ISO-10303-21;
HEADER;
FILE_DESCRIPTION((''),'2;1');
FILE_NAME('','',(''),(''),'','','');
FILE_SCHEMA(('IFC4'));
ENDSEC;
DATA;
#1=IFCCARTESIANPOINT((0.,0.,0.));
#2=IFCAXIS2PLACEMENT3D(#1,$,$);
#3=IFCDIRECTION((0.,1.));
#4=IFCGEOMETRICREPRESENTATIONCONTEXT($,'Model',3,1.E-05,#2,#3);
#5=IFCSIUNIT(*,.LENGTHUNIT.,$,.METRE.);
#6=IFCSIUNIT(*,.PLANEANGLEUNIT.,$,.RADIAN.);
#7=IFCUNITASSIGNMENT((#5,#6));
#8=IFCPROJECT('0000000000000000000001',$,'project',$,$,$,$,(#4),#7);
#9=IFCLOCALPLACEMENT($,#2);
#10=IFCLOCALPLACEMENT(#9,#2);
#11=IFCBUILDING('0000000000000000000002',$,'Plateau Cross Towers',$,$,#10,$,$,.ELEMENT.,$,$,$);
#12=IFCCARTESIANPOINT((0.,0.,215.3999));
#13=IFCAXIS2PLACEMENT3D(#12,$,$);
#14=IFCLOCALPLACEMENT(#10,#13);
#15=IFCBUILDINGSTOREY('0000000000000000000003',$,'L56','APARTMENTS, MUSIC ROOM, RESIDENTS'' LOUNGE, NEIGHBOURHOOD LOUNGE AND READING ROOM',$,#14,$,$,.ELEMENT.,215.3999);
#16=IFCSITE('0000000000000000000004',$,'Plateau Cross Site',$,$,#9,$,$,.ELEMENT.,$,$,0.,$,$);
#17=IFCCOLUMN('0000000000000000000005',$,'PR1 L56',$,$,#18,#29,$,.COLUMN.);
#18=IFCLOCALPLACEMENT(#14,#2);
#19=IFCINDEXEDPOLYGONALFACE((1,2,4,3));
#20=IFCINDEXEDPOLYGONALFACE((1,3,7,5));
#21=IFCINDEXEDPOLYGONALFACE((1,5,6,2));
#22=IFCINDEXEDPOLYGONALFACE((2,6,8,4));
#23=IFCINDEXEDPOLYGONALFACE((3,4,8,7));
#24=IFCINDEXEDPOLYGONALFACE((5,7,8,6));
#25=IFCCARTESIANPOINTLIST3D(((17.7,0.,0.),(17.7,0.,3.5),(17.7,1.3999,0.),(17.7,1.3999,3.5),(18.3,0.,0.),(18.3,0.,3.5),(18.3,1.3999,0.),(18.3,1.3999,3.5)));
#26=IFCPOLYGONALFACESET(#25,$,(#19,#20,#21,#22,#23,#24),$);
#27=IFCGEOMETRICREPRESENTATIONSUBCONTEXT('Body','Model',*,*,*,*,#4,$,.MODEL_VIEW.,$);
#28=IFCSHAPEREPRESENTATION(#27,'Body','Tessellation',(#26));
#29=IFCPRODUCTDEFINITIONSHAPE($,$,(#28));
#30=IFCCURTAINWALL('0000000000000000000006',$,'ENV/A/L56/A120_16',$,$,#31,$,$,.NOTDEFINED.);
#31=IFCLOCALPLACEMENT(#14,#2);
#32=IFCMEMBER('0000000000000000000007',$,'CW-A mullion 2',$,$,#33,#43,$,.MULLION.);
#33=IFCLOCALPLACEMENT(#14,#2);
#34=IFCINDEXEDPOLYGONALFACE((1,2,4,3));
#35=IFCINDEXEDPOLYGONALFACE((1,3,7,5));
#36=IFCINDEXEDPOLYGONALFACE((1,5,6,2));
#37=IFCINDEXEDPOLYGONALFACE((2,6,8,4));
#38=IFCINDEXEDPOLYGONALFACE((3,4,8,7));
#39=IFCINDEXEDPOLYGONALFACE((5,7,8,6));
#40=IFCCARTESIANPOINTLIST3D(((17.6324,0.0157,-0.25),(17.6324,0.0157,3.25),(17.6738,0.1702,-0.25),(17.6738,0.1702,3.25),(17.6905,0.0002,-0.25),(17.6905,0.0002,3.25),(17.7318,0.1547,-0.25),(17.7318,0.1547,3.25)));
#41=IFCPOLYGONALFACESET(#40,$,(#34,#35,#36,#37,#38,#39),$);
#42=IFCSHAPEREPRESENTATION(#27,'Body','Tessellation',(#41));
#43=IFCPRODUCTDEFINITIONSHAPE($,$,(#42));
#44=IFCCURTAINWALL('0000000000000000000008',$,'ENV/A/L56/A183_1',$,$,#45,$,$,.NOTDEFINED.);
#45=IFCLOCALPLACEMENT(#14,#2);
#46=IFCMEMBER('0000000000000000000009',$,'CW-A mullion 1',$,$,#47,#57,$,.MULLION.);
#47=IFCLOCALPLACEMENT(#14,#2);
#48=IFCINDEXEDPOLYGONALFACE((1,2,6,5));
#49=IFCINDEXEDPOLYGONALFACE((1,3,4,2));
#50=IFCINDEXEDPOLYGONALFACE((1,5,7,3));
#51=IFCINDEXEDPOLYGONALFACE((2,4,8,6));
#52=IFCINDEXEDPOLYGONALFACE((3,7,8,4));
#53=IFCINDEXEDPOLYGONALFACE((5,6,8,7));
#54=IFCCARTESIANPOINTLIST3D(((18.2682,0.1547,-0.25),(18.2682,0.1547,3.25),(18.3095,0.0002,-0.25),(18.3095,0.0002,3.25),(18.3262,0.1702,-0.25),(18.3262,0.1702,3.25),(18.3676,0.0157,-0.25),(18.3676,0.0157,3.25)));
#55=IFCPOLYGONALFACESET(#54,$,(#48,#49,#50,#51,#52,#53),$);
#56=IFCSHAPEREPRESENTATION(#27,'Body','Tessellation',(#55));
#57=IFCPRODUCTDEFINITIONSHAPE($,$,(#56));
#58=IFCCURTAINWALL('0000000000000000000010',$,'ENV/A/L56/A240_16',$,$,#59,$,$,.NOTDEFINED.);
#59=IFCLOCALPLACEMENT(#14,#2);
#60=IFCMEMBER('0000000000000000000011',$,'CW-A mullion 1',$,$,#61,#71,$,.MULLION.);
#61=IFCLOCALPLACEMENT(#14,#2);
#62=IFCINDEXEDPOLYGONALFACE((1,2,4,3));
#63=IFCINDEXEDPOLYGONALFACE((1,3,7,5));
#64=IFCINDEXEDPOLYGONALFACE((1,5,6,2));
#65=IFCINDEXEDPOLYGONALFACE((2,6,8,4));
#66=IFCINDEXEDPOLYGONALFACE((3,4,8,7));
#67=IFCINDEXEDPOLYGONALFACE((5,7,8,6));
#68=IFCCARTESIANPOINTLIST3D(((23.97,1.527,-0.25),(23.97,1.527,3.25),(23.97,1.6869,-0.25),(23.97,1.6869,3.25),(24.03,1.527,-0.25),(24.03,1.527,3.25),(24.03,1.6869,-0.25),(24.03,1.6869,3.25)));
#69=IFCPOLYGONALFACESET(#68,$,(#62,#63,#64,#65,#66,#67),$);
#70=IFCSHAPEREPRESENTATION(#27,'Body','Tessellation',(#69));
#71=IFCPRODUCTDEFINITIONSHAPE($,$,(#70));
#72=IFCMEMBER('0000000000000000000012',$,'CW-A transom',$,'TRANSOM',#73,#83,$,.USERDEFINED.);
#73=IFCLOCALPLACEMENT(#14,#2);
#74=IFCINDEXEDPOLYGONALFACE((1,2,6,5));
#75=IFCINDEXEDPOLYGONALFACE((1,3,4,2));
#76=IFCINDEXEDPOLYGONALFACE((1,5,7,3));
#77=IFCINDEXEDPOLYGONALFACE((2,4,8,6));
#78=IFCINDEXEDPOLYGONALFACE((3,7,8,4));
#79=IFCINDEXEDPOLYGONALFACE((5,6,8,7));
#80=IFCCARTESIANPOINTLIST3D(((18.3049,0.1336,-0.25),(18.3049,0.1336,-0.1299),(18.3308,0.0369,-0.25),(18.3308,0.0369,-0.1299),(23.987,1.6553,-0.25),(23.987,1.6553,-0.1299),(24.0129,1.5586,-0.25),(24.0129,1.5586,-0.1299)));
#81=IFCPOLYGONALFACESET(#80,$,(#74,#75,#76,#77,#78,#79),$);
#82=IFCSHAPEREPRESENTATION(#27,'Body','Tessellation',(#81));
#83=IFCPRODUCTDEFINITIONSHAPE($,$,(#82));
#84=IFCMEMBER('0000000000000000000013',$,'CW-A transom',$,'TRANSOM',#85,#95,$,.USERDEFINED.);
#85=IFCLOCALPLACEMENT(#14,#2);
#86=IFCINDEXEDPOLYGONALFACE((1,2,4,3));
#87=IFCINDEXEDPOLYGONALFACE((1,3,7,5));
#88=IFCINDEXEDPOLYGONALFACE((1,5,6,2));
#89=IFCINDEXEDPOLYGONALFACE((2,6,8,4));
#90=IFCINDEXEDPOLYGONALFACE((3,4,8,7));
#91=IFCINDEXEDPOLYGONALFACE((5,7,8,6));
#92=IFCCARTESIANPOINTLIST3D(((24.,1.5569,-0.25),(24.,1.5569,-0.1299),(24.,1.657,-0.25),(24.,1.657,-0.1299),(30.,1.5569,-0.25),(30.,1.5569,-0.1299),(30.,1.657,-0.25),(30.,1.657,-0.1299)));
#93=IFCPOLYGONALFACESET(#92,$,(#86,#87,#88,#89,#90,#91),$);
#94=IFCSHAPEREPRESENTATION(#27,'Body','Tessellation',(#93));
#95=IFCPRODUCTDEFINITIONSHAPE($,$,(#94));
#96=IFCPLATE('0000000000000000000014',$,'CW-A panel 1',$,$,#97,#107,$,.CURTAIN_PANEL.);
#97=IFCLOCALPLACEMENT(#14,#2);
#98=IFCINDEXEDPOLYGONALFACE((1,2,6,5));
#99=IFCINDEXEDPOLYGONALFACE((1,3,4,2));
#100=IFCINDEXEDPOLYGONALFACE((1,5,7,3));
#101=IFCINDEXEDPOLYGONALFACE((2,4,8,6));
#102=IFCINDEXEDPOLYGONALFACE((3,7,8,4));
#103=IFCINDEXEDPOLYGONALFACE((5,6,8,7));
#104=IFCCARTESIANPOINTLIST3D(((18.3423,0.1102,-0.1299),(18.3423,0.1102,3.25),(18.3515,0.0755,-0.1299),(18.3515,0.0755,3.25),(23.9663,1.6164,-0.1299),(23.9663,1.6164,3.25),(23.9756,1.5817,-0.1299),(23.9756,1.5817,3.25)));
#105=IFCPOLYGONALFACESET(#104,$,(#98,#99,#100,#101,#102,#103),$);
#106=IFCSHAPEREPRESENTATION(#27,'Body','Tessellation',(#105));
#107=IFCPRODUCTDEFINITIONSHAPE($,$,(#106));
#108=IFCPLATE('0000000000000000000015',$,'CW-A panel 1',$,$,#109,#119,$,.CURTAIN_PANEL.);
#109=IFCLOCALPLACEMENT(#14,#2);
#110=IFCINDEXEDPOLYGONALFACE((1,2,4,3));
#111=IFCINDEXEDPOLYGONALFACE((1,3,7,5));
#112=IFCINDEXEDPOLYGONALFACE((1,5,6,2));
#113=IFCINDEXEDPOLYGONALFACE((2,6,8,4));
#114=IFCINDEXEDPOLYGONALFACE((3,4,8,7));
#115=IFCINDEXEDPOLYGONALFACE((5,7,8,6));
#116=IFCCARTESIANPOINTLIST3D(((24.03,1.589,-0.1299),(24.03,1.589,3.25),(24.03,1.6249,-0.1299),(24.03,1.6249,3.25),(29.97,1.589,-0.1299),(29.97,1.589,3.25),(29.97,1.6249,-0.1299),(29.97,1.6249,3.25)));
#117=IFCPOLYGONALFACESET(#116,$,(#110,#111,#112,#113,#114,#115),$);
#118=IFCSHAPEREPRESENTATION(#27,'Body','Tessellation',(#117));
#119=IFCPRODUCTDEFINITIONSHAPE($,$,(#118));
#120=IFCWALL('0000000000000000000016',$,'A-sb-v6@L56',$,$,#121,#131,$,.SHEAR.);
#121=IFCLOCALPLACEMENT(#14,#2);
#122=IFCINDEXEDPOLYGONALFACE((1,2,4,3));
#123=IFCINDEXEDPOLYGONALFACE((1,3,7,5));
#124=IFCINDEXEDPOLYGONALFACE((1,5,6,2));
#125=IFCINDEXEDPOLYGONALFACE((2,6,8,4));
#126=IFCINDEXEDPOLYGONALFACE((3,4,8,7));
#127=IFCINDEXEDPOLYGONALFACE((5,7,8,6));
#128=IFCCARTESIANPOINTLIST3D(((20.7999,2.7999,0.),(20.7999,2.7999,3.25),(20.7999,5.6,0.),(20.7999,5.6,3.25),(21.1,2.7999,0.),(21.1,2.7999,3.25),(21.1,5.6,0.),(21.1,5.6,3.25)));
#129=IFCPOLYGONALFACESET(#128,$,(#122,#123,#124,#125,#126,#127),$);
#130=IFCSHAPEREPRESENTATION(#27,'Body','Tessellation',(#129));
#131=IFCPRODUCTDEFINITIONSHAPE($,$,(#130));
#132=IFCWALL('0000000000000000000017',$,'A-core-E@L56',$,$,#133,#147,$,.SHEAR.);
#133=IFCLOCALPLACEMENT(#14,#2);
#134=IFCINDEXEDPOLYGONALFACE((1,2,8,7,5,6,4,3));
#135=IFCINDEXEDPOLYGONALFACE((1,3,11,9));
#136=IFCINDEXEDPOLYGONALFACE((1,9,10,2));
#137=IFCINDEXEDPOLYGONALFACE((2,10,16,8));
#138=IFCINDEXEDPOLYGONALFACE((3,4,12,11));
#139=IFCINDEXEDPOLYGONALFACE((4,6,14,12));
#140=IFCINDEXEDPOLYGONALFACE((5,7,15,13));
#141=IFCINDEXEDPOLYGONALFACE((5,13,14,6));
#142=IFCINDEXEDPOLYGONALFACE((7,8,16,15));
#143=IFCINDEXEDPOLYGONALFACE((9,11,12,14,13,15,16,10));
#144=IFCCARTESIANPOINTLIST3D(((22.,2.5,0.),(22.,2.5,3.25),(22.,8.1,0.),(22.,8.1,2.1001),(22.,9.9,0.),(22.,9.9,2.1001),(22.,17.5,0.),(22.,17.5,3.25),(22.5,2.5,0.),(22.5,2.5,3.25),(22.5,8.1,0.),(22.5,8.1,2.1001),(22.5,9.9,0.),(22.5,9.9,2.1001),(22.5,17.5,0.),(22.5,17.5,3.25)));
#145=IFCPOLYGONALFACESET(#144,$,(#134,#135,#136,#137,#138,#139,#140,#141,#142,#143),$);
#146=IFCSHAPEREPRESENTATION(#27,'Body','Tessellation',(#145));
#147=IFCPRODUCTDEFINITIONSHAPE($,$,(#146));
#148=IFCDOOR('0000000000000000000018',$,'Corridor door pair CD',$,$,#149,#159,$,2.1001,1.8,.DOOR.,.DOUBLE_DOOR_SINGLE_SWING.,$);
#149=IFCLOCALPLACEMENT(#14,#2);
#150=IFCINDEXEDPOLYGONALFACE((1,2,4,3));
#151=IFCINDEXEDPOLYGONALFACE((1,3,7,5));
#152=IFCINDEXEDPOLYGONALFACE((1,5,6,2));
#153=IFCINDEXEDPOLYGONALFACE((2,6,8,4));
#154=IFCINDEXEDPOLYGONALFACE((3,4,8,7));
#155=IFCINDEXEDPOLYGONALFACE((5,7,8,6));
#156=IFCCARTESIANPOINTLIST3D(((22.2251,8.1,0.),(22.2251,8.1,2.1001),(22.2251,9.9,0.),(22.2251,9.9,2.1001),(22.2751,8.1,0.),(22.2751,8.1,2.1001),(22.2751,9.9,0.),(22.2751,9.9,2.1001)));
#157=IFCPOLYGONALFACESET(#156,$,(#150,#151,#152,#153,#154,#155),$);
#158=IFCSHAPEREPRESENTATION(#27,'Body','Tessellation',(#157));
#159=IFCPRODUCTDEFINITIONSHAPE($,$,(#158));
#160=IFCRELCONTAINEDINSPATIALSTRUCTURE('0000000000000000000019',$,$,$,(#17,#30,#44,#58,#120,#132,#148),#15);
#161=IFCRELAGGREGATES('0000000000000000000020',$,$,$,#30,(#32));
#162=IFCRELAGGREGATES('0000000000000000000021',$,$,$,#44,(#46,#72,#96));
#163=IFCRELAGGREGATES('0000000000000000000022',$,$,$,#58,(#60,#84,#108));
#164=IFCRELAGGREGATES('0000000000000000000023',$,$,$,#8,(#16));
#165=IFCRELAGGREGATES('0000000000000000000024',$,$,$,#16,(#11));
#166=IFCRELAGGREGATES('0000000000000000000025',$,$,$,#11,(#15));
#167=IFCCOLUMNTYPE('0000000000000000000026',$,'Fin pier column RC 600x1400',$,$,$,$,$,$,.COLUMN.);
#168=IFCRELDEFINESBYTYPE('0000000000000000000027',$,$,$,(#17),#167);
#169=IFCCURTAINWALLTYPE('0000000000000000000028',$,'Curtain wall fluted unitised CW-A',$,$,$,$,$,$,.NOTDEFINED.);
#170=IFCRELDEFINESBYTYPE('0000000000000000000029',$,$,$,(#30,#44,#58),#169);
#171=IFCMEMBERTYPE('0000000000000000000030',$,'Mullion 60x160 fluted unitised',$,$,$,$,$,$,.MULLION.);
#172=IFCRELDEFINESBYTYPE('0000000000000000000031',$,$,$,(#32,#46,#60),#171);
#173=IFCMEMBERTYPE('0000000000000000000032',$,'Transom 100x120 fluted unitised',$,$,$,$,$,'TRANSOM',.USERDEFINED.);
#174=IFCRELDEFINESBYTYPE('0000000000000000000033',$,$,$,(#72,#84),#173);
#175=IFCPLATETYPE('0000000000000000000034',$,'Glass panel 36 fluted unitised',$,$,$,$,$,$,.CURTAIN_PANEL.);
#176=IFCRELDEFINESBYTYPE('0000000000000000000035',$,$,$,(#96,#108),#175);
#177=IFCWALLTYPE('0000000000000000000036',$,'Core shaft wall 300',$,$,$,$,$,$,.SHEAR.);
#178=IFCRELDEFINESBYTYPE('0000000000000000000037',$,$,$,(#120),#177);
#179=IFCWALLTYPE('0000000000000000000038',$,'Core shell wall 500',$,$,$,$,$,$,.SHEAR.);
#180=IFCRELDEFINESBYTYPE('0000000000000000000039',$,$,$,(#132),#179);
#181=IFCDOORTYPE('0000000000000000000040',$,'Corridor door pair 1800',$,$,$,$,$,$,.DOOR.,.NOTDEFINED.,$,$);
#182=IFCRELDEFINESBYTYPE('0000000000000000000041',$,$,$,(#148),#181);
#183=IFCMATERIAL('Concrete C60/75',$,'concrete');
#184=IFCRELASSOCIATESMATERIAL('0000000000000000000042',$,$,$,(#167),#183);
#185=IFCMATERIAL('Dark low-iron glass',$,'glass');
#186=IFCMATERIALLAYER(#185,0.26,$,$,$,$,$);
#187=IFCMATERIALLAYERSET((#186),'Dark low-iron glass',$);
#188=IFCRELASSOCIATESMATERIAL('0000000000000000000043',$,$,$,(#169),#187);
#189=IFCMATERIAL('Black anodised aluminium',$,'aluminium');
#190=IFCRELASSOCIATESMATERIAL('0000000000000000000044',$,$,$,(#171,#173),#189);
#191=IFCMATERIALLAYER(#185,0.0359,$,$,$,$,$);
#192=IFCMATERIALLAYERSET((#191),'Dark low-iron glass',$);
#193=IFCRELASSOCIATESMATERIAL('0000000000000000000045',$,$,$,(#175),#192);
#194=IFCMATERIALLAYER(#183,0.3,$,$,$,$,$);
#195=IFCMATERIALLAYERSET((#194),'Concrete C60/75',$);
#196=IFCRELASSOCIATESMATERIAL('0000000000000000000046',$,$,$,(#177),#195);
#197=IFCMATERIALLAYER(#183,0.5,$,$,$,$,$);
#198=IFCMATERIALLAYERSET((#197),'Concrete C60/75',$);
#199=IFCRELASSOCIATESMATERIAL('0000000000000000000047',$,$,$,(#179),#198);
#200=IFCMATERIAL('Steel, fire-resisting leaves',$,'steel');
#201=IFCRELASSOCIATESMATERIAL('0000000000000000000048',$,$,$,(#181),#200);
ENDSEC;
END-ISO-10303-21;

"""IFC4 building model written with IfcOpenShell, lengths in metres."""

from ifc_helpers import new_model, si_unit, direction, frame, frame_2d, origin, origin_2d, place, context, subcontext, project, spatial, rectangle, extrude, material, layer, layer_set, material_profile, profile_set, type_object, element, fill, aggregate, save


model = new_model("IFC4")

# Units and contexts
model_context = context("Model", 3, precision=1e-05, world=origin(), true_north=direction((0.0, 1.0)))
body_context = subcontext(model_context, "Body", "Model", "MODEL_VIEW")
ifc_project = project(units=[si_unit("LENGTHUNIT", "METRE"), si_unit("PLANEANGLEUNIT", "RADIAN")], contexts=[model_context])

# Site, building, storey
site_placement = place(None, origin())
site = spatial("IfcSite", under=ifc_project, at=site_placement, Name="Plateau Cross Site", CompositionType="ELEMENT", RefElevation=0.0)
building_placement = place(site_placement, origin())
building = spatial("IfcBuilding", under=site, at=building_placement, Name="Plateau Cross Towers", CompositionType="ELEMENT")
storey_placement = place(building_placement, frame((0.0, 0.0, 215.3999)))
storey = spatial("IfcBuildingStorey", under=building, at=storey_placement, Name="L56", Description="APARTMENTS, MUSIC ROOM, RESIDENTS' LOUNGE, NEIGHBOURHOOD LOUNGE AND READING ROOM", CompositionType="ELEMENT", Elevation=215.3999)

# Column
ifc_material_1 = material(Name="Concrete C60/75", Category="concrete")
ifc_material_profile_1 = material_profile(ifc_material_1, rectangle(XDim=0.6001, YDim=1.3999, at=origin_2d()), Name="RC 600x1400")
ifc_profile_set_1 = profile_set([ifc_material_profile_1], Name="Concrete C60/75")
column_type = type_object("IfcColumnType", Name="Fin pier column RC 600x1400", PredefinedType="COLUMN", material=ifc_profile_set_1)
column_placement = place(storey_placement, frame((18.0, 0.7, 0.0), z_axis=(0.0, 0.0, 1.0), x_axis=(1.0, 0.0, 0.0)))
element("IfcColumn", 1, at=column_placement, inside=storey, type_object=column_type, Name="PR1 L56", PredefinedType="COLUMN", context=body_context, shape_type="SweptSolid", body=[
    extrude(rectangle(XDim=0.6001, YDim=1.3999, at=origin_2d()), origin(), (0.0, 0.0, 1.0), 3.5),
])

# Curtain walls, members
ifc_material_2 = material(Name="Dark low-iron glass", Category="glass")
ifc_layer_1 = layer(ifc_material_2, 0.26)
ifc_layer_set_1 = layer_set([ifc_layer_1], Name="Dark low-iron glass")
curtain_wall_type = type_object("IfcCurtainWallType", Name="Curtain wall fluted unitised CW-A", PredefinedType="NOTDEFINED", material=ifc_layer_set_1)
curtain_wall_1_placement = place(storey_placement, origin())
curtain_wall_1 = element("IfcCurtainWall", 2, at=curtain_wall_1_placement, inside=storey, type_object=curtain_wall_type, Name="ENV/A/L56/A120_16", PredefinedType="NOTDEFINED")
ifc_material_3 = material(Name="Black anodised aluminium", Category="aluminium")
ifc_material_profile_2 = material_profile(ifc_material_3, rectangle(XDim=0.0601, YDim=0.1599, at=origin_2d()), Name="MULLION 60x160")
ifc_profile_set_2 = profile_set([ifc_material_profile_2], Name="Black anodised aluminium")
member_type_1 = type_object("IfcMemberType", Name="Mullion 60x160 fluted unitised", PredefinedType="MULLION", material=ifc_profile_set_2)
member_1_placement = place(storey_placement, frame((17.6821, 0.0852, -0.25), z_axis=(0.0, 0.0, 1.0), x_axis=(0.965958, -0.258699, 0.0)))
member_1 = element("IfcMember", 3, at=member_1_placement, type_object=member_type_1, Name="CW-A mullion 2", PredefinedType="MULLION", context=body_context, shape_type="SweptSolid", body=[
    extrude(rectangle(XDim=0.0601, YDim=0.1599, at=origin_2d()), origin(), (0.0, 0.0, 1.0), 3.5),
])
aggregate(curtain_wall_1, [member_1])
curtain_wall_2_placement = place(storey_placement, origin())
curtain_wall_2 = element("IfcCurtainWall", 4, at=curtain_wall_2_placement, inside=storey, type_object=curtain_wall_type, Name="ENV/A/L56/A183_1", PredefinedType="NOTDEFINED")
member_2_placement = place(storey_placement, frame((18.3179, 0.0852, -0.25), z_axis=(0.0, 0.0, 1.0), x_axis=(0.965958, 0.258699, 0.0)))
member_2 = element("IfcMember", 5, at=member_2_placement, type_object=member_type_1, Name="CW-A mullion 1", PredefinedType="MULLION", context=body_context, shape_type="SweptSolid", body=[
    extrude(rectangle(XDim=0.0601, YDim=0.1599, at=origin_2d()), origin(), (0.0, 0.0, 1.0), 3.5),
])
curtain_wall_3_placement = place(storey_placement, origin())
curtain_wall_3 = element("IfcCurtainWall", 6, at=curtain_wall_3_placement, inside=storey, type_object=curtain_wall_type, Name="ENV/A/L56/A240_16", PredefinedType="NOTDEFINED")
member_3_placement = place(storey_placement, frame((24.0, 1.6069, -0.25), z_axis=(0.0, 0.0, 1.0), x_axis=(1.0, 0.0, 0.0)))
member_3 = element("IfcMember", 7, at=member_3_placement, type_object=member_type_1, Name="CW-A mullion 1", PredefinedType="MULLION", context=body_context, shape_type="SweptSolid", body=[
    extrude(rectangle(XDim=0.0601, YDim=0.1599, at=origin_2d()), origin(), (0.0, 0.0, 1.0), 3.5),
])

# Members
ifc_material_profile_3 = material_profile(ifc_material_3, rectangle(XDim=0.1001, YDim=0.1201, at=origin_2d()), Name="TRANSOM 100x120")
ifc_profile_set_3 = profile_set([ifc_material_profile_3], Name="Black anodised aluminium")
member_type_2 = type_object("IfcMemberType", Name="Transom 100x120 fluted unitised", ElementType="TRANSOM", PredefinedType="USERDEFINED", material=ifc_profile_set_3)
member_4_placement = place(storey_placement, frame((18.3179, 0.0852, -0.1899), z_axis=(0.96596, 0.258693, 0.0), x_axis=(-0.258693, 0.96596, 0.0)))
member_4 = element("IfcMember", 8, at=member_4_placement, type_object=member_type_2, Name="CW-A transom", ObjectType="TRANSOM", PredefinedType="USERDEFINED", context=body_context, shape_type="SweptSolid", body=[
    extrude(rectangle(XDim=0.1001, YDim=0.1201, at=origin_2d()), origin(), (0.0, 0.0, 1.0), 5.8823),
])
member_5_placement = place(storey_placement, frame((24.0, 1.6069, -0.1899), z_axis=(1.0, 0.0, 0.0), x_axis=(0.0, 1.0, 0.0)))
member_5 = element("IfcMember", 9, at=member_5_placement, type_object=member_type_2, Name="CW-A transom", ObjectType="TRANSOM", PredefinedType="USERDEFINED", context=body_context, shape_type="SweptSolid", body=[
    extrude(rectangle(XDim=0.1001, YDim=0.1201, at=origin_2d()), origin(), (0.0, 0.0, 1.0), 6.0),
])

# Plates
ifc_layer_2 = layer(ifc_material_2, 0.0359)
ifc_layer_set_2 = layer_set([ifc_layer_2], Name="Dark low-iron glass")
plate_type = type_object("IfcPlateType", Name="Glass panel 36 fluted unitised", PredefinedType="CURTAIN_PANEL", material=ifc_layer_set_2)
plate_1_placement = place(storey_placement, frame((21.1589, 0.8459, -0.1299), z_axis=(0.0, 0.0, 1.0), x_axis=(0.965958, 0.258699, 0.0)))
plate_1 = element("IfcPlate", 10, at=plate_1_placement, type_object=plate_type, Name="CW-A panel 1", PredefinedType="CURTAIN_PANEL", context=body_context, shape_type="SweptSolid", body=[
    extrude(rectangle(XDim=5.8223, YDim=0.0359, at=origin_2d()), origin(), (0.0, 0.0, 1.0), 3.3799),
])
aggregate(curtain_wall_2, [member_2, member_4, plate_1])
plate_2_placement = place(storey_placement, frame((27.0, 1.6069, -0.1299), z_axis=(0.0, 0.0, 1.0), x_axis=(1.0, 0.0, 0.0)))
plate_2 = element("IfcPlate", 11, at=plate_2_placement, type_object=plate_type, Name="CW-A panel 1", PredefinedType="CURTAIN_PANEL", context=body_context, shape_type="SweptSolid", body=[
    extrude(rectangle(XDim=5.9399, YDim=0.0359, at=origin_2d()), origin(), (0.0, 0.0, 1.0), 3.3799),
])
aggregate(curtain_wall_3, [member_3, member_5, plate_2])

# Wall
ifc_layer_3 = layer(ifc_material_1, 0.3)
ifc_layer_set_3 = layer_set([ifc_layer_3], Name="Concrete C60/75")
wall_type_1 = type_object("IfcWallType", Name="Core shaft wall 300", PredefinedType="SHEAR", material=ifc_layer_set_3)
wall_1_placement = place(storey_placement, frame((20.95, 2.8, 0.0), z_axis=(0.0, 0.0, 1.0), x_axis=(0.0, 1.0, 0.0)))
element("IfcWall", 12, at=wall_1_placement, inside=storey, type_object=wall_type_1, Name="A-sb-v6@L56", PredefinedType="SHEAR", context=body_context, shape_type="SweptSolid", body=[
    extrude(rectangle(XDim=2.8, YDim=0.3, at=frame_2d((1.3999, 0.0))), origin(), (0.0, 0.0, 1.0), 3.25),
])

# Wall, opening, door
ifc_layer_4 = layer(ifc_material_1, 0.5)
ifc_layer_set_4 = layer_set([ifc_layer_4], Name="Concrete C60/75")
wall_type_2 = type_object("IfcWallType", Name="Core shell wall 500", PredefinedType="SHEAR", material=ifc_layer_set_4)
wall_2_placement = place(storey_placement, frame((22.25, 2.5, 0.0), z_axis=(0.0, 0.0, 1.0), x_axis=(0.0, 1.0, 0.0)))
wall_2 = element("IfcWall", 13, at=wall_2_placement, inside=storey, type_object=wall_type_2, Name="A-core-E@L56", PredefinedType="SHEAR", context=body_context, shape_type="SweptSolid", body=[
    extrude(rectangle(XDim=15.0, YDim=0.5, at=frame_2d((7.5, 0.0))), origin(), (0.0, 0.0, 1.0), 3.25),
])
opening_placement = place(wall_2_placement, frame((5.6001, 0.0, 0.0)))
opening = element("IfcOpeningElement", 14, at=opening_placement, cuts=wall_2, PredefinedType="OPENING", context=body_context, shape_type="SweptSolid", body=[
    extrude(rectangle(XDim=1.8, YDim=2.1001, at=frame_2d((0.8999, 1.05))), frame((0.0, 0.26, 0.0), z_axis=(0.0, -1.0, 0.0), x_axis=(1.0, 0.0, 0.0)), (0.0, 0.0, 1.0), 0.52),
])
ifc_material_4 = material(Name="Steel, fire-resisting leaves", Category="steel")
door_type = type_object("IfcDoorType", Name="Corridor door pair 1800", OperationType="NOTDEFINED", PredefinedType="DOOR", material=ifc_material_4)
door_placement = place(opening_placement, origin())
door = element("IfcDoor", 15, at=door_placement, inside=storey, type_object=door_type, Name="Corridor door pair CD", OperationType="DOUBLE_DOOR_SINGLE_SWING", OverallHeight=2.1001, OverallWidth=1.8, PredefinedType="DOOR", context=body_context, shape_type="SweptSolid", body=[
    extrude(rectangle(XDim=1.8, YDim=2.1001, at=frame_2d((0.8999, 1.05))), frame((0.0, 0.0249, 0.0), z_axis=(0.0, -1.0, 0.0), x_axis=(1.0, 0.0, 0.0)), (0.0, 0.0, 1.0), 0.05),
])
fill(opening, door)

save(model, "model.ifc")
